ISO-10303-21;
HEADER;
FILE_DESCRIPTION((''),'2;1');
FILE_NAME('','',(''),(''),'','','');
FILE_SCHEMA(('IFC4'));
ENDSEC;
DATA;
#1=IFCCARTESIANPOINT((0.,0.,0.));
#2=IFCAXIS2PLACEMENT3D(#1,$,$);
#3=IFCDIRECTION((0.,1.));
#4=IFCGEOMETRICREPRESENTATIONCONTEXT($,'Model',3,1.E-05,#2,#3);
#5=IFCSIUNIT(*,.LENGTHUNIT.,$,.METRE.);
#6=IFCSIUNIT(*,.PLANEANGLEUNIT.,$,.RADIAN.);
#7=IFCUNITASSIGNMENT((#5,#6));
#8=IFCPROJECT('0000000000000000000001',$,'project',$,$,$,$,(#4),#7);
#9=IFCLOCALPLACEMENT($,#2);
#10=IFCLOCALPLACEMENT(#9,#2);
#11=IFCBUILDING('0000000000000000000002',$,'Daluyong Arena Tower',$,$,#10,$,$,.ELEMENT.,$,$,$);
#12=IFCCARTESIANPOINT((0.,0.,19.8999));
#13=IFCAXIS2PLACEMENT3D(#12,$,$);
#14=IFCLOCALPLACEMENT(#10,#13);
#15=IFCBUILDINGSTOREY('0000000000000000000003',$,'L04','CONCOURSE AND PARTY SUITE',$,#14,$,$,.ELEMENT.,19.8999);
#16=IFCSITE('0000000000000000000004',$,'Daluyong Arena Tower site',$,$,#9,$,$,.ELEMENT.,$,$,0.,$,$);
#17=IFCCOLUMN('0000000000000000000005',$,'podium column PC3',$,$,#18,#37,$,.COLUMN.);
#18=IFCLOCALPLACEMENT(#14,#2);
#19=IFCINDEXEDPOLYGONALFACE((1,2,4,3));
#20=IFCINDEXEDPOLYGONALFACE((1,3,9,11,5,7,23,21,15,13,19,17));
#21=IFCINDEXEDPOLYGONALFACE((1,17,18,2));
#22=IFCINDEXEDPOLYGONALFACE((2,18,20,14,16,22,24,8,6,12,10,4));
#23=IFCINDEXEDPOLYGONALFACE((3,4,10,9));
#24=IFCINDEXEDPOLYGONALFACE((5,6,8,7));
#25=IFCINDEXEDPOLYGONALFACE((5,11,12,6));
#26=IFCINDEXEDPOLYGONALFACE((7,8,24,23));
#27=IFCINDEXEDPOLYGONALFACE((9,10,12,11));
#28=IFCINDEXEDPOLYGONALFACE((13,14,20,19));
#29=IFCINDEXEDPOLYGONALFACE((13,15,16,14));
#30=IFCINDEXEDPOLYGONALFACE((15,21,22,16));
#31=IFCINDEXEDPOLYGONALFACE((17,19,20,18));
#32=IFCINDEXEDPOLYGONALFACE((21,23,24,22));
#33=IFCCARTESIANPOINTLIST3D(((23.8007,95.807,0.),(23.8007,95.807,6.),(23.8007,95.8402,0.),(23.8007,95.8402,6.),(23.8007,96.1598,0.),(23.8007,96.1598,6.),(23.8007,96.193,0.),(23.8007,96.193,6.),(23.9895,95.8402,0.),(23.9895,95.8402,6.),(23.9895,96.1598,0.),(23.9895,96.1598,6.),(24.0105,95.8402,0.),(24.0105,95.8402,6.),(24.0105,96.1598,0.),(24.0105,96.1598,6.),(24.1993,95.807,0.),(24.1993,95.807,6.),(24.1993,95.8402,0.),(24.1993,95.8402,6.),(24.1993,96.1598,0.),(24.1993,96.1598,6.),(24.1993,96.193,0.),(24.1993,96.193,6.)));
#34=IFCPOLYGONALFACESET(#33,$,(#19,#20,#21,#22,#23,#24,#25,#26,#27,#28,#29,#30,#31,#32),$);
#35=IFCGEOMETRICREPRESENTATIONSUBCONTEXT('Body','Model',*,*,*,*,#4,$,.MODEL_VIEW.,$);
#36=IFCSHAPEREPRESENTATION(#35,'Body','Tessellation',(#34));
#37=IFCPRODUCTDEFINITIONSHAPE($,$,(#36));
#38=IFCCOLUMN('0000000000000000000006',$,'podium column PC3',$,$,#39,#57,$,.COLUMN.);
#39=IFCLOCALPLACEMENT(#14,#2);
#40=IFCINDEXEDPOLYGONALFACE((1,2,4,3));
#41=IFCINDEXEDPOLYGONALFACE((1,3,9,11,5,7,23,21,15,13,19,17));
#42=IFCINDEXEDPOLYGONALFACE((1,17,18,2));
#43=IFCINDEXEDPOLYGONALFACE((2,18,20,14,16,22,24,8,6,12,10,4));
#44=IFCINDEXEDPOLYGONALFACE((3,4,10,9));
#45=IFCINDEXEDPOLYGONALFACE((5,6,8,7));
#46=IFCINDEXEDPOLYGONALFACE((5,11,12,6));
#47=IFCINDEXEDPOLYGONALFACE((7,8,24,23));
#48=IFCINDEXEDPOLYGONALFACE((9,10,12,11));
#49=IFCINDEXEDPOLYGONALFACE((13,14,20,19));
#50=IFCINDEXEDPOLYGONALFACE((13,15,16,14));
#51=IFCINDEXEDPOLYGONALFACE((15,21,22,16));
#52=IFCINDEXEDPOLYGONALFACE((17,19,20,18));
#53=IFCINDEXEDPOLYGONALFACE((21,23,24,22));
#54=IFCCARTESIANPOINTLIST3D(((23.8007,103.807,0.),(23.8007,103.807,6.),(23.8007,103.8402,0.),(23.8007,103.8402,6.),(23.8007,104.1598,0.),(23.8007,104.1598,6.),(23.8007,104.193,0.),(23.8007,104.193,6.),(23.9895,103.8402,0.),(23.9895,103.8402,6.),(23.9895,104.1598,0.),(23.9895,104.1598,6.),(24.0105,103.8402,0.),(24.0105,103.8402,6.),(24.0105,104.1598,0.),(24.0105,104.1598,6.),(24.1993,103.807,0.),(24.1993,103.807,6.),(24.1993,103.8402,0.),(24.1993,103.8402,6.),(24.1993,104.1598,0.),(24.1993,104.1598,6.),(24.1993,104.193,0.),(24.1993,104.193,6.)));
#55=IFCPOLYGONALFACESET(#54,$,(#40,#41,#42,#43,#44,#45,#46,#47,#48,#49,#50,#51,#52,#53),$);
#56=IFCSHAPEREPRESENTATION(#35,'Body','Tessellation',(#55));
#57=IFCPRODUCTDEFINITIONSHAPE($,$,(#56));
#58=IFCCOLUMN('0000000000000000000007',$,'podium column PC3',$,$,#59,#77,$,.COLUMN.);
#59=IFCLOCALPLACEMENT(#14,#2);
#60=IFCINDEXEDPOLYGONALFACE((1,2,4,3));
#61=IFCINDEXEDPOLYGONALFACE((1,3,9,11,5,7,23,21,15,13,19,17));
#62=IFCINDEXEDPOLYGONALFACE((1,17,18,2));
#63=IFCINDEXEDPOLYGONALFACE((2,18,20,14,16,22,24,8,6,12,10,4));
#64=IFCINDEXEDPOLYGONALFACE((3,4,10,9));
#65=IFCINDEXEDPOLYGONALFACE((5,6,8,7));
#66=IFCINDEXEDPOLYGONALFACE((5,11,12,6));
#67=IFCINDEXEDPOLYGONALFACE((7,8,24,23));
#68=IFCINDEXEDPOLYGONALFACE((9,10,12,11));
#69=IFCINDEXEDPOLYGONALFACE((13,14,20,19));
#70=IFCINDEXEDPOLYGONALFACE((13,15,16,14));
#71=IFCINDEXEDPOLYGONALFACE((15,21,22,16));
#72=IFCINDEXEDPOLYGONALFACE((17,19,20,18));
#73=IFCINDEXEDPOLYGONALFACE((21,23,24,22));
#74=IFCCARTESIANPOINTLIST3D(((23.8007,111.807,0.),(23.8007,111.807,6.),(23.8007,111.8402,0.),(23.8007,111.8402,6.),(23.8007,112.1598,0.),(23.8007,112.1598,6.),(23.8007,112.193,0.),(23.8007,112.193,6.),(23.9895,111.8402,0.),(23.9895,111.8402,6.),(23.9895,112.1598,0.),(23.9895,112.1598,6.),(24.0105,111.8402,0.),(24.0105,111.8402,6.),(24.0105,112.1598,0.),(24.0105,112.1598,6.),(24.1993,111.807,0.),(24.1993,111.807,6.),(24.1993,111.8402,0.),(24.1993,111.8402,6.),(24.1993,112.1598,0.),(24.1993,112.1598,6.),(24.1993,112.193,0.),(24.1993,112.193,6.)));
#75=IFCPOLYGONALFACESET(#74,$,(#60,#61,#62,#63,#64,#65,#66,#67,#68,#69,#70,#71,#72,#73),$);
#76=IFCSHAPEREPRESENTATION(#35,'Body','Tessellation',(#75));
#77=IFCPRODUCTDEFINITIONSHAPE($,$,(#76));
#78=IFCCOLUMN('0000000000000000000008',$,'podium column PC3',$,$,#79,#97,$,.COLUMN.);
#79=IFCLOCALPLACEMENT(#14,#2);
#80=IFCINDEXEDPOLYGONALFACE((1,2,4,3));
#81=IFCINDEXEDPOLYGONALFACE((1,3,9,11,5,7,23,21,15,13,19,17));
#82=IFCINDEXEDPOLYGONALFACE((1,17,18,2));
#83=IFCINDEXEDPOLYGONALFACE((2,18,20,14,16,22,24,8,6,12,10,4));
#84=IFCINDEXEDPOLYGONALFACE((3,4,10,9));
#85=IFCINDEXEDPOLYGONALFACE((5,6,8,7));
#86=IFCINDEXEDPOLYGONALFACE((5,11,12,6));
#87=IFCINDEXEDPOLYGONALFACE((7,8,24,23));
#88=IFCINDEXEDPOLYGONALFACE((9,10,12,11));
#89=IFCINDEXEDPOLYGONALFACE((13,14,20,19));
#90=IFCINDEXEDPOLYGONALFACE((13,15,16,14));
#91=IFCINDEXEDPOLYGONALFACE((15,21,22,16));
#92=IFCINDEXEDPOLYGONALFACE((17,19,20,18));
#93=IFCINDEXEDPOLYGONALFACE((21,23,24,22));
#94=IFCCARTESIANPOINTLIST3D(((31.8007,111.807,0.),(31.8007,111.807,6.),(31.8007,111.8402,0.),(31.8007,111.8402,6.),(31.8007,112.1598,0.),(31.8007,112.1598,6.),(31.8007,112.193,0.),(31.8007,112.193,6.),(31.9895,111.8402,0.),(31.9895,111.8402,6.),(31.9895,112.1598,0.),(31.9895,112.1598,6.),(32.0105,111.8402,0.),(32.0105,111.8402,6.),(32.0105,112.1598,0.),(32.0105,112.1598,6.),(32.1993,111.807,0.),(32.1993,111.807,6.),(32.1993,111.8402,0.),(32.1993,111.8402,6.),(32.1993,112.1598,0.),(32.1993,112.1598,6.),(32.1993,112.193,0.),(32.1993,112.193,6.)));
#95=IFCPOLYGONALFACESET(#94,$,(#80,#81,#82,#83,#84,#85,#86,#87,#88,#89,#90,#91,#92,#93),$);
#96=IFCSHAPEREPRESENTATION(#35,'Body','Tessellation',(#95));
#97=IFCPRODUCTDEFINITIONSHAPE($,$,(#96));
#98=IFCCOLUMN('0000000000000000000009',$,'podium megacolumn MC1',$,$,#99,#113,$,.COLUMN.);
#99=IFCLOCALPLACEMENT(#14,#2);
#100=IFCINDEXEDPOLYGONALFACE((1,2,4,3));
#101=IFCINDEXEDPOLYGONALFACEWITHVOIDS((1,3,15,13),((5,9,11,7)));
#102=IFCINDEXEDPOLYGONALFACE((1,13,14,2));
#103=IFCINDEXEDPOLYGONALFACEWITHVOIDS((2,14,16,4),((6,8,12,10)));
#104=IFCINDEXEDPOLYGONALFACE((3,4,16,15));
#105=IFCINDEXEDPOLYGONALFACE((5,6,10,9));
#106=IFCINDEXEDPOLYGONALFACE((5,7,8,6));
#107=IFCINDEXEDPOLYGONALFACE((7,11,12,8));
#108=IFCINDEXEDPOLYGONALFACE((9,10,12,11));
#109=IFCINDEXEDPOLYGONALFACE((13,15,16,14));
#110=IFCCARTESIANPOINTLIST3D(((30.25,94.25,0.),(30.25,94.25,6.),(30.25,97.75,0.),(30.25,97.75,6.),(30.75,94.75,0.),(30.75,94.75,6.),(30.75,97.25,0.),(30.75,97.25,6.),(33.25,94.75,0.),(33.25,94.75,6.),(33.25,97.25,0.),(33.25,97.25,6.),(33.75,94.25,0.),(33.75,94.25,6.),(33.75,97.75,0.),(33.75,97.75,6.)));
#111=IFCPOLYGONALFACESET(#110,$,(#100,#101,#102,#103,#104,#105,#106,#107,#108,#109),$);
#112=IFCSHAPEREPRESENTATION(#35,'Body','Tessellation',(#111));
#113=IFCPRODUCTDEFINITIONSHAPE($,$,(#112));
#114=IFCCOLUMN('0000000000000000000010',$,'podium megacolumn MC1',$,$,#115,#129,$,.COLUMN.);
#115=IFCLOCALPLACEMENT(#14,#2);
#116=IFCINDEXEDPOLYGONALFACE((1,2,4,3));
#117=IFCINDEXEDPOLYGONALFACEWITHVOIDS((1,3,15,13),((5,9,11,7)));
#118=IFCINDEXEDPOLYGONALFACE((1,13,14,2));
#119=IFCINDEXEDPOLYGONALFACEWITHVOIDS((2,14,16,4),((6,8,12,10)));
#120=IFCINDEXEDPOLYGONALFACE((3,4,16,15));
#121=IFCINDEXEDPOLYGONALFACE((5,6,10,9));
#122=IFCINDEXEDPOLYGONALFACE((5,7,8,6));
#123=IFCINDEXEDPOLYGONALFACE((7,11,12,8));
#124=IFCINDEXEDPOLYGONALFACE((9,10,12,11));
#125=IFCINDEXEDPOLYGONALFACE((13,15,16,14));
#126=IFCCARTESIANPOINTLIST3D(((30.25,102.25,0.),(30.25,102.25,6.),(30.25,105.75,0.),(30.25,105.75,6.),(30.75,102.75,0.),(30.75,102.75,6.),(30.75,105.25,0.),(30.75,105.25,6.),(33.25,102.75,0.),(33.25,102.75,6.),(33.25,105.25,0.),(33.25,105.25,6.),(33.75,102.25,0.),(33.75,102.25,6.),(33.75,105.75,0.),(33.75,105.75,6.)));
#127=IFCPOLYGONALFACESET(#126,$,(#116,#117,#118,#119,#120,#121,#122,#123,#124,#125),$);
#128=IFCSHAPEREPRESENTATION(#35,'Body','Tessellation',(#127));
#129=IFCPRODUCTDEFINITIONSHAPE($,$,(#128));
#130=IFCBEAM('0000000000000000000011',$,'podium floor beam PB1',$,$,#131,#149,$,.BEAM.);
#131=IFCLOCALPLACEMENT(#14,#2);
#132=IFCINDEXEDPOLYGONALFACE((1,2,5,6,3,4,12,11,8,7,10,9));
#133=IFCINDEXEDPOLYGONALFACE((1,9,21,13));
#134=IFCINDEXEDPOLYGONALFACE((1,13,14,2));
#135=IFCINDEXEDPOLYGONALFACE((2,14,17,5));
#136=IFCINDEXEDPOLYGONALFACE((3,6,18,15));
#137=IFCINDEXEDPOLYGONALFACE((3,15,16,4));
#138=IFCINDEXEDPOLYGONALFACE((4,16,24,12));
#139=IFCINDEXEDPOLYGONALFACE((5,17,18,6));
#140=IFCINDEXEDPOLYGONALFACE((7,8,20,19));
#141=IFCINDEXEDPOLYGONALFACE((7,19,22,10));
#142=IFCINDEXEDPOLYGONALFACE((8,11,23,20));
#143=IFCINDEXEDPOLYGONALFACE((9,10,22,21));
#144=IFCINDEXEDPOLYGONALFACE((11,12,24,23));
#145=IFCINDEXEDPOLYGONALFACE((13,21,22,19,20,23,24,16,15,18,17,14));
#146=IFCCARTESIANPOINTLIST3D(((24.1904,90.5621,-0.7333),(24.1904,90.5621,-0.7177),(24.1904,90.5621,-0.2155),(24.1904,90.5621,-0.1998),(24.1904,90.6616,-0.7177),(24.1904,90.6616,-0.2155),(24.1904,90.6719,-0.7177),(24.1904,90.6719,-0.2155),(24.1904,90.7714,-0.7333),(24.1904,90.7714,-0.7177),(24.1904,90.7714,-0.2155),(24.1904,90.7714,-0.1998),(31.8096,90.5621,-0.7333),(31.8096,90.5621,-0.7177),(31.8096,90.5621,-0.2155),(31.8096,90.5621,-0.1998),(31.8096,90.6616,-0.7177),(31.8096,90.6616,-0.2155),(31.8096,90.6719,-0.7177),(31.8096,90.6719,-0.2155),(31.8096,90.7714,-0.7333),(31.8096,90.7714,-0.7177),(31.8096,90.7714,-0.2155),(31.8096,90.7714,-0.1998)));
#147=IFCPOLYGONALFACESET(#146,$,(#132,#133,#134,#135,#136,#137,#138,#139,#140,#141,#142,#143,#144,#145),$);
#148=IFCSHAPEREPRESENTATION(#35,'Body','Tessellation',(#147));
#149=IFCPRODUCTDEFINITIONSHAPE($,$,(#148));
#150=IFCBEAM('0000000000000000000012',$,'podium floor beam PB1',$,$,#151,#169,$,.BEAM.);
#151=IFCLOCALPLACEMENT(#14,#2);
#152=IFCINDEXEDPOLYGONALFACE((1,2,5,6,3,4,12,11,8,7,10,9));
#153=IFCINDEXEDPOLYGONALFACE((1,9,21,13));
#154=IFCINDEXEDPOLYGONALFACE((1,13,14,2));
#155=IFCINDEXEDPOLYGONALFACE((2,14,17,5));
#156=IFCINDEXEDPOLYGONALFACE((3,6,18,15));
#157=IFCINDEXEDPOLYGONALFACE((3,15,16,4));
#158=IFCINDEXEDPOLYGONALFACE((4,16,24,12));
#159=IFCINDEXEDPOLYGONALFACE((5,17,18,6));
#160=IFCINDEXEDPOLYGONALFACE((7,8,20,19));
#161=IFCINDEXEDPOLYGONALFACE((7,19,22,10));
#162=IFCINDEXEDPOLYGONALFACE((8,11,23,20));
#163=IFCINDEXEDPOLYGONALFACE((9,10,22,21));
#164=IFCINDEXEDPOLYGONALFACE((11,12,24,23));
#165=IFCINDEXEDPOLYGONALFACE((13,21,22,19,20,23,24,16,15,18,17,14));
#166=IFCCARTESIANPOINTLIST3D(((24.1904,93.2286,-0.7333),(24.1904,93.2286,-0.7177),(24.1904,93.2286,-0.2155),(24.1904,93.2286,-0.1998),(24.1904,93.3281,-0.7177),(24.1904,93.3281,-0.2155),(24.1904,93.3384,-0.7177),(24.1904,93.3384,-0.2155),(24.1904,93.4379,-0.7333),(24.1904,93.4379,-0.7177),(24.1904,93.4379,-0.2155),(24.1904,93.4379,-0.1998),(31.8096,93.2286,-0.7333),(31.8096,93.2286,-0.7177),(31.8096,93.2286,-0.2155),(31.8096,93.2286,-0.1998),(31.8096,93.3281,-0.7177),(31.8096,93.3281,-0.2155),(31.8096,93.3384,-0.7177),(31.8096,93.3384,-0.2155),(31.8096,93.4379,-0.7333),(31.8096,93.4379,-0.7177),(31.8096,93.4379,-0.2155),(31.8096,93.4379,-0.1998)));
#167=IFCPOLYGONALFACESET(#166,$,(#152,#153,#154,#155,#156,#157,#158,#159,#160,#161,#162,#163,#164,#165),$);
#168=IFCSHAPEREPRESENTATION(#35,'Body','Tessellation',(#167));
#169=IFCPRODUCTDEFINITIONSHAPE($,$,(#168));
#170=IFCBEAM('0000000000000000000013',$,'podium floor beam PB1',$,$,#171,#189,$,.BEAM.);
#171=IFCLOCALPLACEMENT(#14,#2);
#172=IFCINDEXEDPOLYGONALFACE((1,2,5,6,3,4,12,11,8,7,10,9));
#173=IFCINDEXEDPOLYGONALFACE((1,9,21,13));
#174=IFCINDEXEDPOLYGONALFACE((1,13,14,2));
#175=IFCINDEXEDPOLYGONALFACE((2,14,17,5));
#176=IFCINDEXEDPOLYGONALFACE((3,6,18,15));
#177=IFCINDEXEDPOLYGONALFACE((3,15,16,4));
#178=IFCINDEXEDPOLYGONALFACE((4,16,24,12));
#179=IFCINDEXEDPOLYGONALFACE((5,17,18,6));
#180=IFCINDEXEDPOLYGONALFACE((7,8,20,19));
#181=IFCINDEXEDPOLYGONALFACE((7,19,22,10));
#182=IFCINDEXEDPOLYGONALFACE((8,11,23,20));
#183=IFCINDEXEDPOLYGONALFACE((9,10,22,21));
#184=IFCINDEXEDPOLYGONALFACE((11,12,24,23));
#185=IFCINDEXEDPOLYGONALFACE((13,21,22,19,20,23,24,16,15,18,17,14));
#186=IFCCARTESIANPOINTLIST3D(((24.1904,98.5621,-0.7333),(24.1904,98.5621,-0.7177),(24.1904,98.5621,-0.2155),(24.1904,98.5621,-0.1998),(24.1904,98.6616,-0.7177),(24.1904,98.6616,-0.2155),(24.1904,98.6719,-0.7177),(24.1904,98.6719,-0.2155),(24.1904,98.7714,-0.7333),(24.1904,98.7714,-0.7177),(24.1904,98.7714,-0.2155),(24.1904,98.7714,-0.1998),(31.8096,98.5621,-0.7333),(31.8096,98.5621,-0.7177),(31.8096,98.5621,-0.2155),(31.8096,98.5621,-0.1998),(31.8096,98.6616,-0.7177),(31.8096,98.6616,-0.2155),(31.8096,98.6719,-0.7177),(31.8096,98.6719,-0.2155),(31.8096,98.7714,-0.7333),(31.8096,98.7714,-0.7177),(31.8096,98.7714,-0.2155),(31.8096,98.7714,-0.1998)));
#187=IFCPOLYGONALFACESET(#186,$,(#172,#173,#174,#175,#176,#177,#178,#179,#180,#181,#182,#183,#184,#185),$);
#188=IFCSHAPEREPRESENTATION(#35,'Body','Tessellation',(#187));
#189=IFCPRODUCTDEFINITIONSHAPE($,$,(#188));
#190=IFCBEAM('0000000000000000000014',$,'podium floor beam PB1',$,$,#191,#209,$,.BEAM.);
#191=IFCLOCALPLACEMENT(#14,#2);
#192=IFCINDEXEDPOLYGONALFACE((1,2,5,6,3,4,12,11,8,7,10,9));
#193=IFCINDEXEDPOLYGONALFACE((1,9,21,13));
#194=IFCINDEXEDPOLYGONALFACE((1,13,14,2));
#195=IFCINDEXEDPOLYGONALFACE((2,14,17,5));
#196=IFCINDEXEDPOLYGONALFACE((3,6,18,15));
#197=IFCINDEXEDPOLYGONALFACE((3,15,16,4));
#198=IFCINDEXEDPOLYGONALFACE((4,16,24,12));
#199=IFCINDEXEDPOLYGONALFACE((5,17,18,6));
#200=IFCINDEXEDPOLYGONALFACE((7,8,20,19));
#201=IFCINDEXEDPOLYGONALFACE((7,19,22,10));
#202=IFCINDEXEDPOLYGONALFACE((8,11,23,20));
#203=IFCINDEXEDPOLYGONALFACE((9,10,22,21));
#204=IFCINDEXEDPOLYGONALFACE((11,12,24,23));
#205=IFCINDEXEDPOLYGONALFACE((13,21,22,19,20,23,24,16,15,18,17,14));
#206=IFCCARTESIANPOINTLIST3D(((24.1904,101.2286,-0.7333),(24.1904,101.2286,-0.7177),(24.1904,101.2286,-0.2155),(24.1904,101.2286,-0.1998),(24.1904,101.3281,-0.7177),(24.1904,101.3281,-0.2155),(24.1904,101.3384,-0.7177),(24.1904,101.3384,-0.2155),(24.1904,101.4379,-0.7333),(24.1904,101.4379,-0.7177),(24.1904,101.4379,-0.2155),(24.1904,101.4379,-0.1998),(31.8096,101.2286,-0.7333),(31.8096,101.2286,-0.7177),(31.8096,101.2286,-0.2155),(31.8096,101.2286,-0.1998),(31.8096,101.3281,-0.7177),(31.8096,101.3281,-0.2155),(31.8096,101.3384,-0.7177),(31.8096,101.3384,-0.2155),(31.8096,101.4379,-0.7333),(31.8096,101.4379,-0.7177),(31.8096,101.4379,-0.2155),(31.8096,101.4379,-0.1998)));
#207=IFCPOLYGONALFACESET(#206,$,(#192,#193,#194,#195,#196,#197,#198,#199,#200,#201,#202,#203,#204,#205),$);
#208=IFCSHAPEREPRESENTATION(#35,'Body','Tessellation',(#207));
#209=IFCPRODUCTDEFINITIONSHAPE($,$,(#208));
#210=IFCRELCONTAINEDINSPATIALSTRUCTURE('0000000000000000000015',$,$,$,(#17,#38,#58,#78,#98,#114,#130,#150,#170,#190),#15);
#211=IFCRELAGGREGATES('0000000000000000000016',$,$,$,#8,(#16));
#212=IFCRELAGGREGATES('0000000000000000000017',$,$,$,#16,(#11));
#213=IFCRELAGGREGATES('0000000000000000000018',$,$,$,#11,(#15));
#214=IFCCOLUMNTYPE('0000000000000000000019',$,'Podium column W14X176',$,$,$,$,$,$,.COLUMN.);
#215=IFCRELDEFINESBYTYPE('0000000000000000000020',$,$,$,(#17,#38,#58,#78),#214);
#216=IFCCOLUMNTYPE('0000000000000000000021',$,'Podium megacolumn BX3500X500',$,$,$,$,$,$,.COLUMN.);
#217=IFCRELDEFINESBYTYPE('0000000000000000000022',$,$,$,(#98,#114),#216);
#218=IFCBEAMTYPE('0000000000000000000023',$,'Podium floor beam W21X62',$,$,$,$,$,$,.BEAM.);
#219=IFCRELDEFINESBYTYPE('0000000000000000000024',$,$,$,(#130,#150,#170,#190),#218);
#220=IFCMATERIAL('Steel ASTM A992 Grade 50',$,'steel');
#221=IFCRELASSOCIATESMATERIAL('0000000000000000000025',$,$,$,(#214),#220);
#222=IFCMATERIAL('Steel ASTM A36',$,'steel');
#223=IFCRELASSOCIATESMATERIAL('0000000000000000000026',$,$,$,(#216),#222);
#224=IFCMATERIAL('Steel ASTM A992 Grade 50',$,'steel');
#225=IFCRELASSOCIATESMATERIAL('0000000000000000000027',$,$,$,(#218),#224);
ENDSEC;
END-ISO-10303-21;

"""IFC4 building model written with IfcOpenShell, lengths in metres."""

from ifc_helpers import new_model, si_unit, direction, frame, origin, origin_2d, place, context, subcontext, project, spatial, hollow_rectangle, i_section, extrude, material, material_profile, profile_set, type_object, element, save


model = new_model("IFC4")

# Units and contexts
model_context = context("Model", 3, precision=1e-05, world=origin(), true_north=direction((0.0, 1.0)))
body_context = subcontext(model_context, "Body", "Model", "MODEL_VIEW")
ifc_project = project(units=[si_unit("LENGTHUNIT", "METRE"), si_unit("PLANEANGLEUNIT", "RADIAN")], contexts=[model_context])

# Site, building, storey
site_placement = place(None, origin())
site = spatial("IfcSite", under=ifc_project, at=site_placement, Name="Daluyong Arena Tower site", CompositionType="ELEMENT", RefElevation=0.0)
building_placement = place(site_placement, origin())
building = spatial("IfcBuilding", under=site, at=building_placement, Name="Daluyong Arena Tower", CompositionType="ELEMENT")
storey_placement = place(building_placement, frame((0.0, 0.0, 19.8999)))
storey = spatial("IfcBuildingStorey", under=building, at=storey_placement, Name="L04", Description="CONCOURSE AND PARTY SUITE", CompositionType="ELEMENT", Elevation=19.8999)

# Columns
ifc_material_1 = material(Name="Steel ASTM A992 Grade 50", Category="steel")
ifc_material_profile_1 = material_profile(ifc_material_1, i_section(OverallWidth=0.3987, OverallDepth=0.386, WebThickness=0.021, FlangeThickness=0.0332, at=origin_2d()))
ifc_profile_set_1 = profile_set([ifc_material_profile_1], Name="Steel ASTM A992 Grade 50")
column_type_1 = type_object("IfcColumnType", Name="Podium column W14X176", PredefinedType="COLUMN", material=ifc_profile_set_1)
for number, where, z_axis, x_axis, name in (
    (1, (24.0, 96.0, 0.0), (0.0, 0.0, 1.0), (1.0, 0.0, 0.0), "podium column PC3"),
    (2, (24.0, 104.0, 0.0), (0.0, 0.0, 1.0), (1.0, 0.0, 0.0), "podium column PC3"),
    (3, (24.0, 112.0, 0.0), (0.0, 0.0, 1.0), (1.0, 0.0, 0.0), "podium column PC3"),
    (4, (32.0, 112.0, 0.0), (0.0, 0.0, 1.0), (1.0, 0.0, 0.0), "podium column PC3"),
):
    element("IfcColumn", number, at=place(storey_placement, frame(where, z_axis=z_axis, x_axis=x_axis)), inside=storey, type_object=column_type_1, Name=name, PredefinedType="COLUMN", context=body_context, shape_type="SweptSolid", body=[
        extrude(i_section(OverallWidth=0.3987, OverallDepth=0.386, WebThickness=0.021, FlangeThickness=0.0332, at=origin_2d()), origin(), (0.0, 0.0, 1.0), 6.0),
    ])
ifc_material_2 = material(Name="Steel ASTM A36", Category="steel")
ifc_material_profile_2 = material_profile(ifc_material_2, hollow_rectangle(XDim=3.5, YDim=3.5, WallThickness=0.5, at=origin_2d()))
ifc_profile_set_2 = profile_set([ifc_material_profile_2], Name="Steel ASTM A36")
column_type_2 = type_object("IfcColumnType", Name="Podium megacolumn BX3500X500", PredefinedType="COLUMN", material=ifc_profile_set_2)
for number, where, z_axis, x_axis, name in (
    (5, (32.0, 96.0, 0.0), (0.0, 0.0, 1.0), (1.0, 0.0, 0.0), "podium megacolumn MC1"),
    (6, (32.0, 104.0, 0.0), (0.0, 0.0, 1.0), (1.0, 0.0, 0.0), "podium megacolumn MC1"),
):
    element("IfcColumn", number, at=place(storey_placement, frame(where, z_axis=z_axis, x_axis=x_axis)), inside=storey, type_object=column_type_2, Name=name, PredefinedType="COLUMN", context=body_context, shape_type="SweptSolid", body=[
        extrude(hollow_rectangle(XDim=3.5, YDim=3.5, WallThickness=0.5, at=origin_2d()), origin(), (0.0, 0.0, 1.0), 6.0),
    ])

# Beams
ifc_material_3 = material(Name="Steel ASTM A992 Grade 50", Category="steel")
ifc_material_profile_3 = material_profile(ifc_material_3, i_section(OverallWidth=0.2092, OverallDepth=0.5334, WebThickness=0.0103, FlangeThickness=0.0156, at=origin_2d()))
ifc_profile_set_3 = profile_set([ifc_material_profile_3], Name="Steel ASTM A992 Grade 50")
beam_type_1 = type_object("IfcBeamType", Name="Podium floor beam W21X62", PredefinedType="BEAM", material=ifc_profile_set_3)
for number, where, z_axis, x_axis, name in (
    (7, (24.1904, 90.6667, -0.4666), (1.0, 0.0, 0.0), (0.0, 1.0, 0.0), "podium floor beam PB1"),
    (8, (24.1904, 93.3333, -0.4666), (1.0, 0.0, 0.0), (0.0, 1.0, 0.0), "podium floor beam PB1"),
    (9, (24.1904, 98.6667, -0.4666), (1.0, 0.0, 0.0), (0.0, 1.0, 0.0), "podium floor beam PB1"),
    (10, (24.1904, 101.3333, -0.4666), (1.0, 0.0, 0.0), (0.0, 1.0, 0.0), "podium floor beam PB1"),
):
    element("IfcBeam", number, at=place(storey_placement, frame(where, z_axis=z_axis, x_axis=x_axis)), inside=storey, type_object=beam_type_1, Name=name, PredefinedType="BEAM", context=body_context, shape_type="SweptSolid", body=[
        extrude(i_section(OverallWidth=0.2092, OverallDepth=0.5334, WebThickness=0.0103, FlangeThickness=0.0156, at=origin_2d()), origin(), (0.0, 0.0, 1.0), 7.6191),
    ])

save(model, "model.ifc")
